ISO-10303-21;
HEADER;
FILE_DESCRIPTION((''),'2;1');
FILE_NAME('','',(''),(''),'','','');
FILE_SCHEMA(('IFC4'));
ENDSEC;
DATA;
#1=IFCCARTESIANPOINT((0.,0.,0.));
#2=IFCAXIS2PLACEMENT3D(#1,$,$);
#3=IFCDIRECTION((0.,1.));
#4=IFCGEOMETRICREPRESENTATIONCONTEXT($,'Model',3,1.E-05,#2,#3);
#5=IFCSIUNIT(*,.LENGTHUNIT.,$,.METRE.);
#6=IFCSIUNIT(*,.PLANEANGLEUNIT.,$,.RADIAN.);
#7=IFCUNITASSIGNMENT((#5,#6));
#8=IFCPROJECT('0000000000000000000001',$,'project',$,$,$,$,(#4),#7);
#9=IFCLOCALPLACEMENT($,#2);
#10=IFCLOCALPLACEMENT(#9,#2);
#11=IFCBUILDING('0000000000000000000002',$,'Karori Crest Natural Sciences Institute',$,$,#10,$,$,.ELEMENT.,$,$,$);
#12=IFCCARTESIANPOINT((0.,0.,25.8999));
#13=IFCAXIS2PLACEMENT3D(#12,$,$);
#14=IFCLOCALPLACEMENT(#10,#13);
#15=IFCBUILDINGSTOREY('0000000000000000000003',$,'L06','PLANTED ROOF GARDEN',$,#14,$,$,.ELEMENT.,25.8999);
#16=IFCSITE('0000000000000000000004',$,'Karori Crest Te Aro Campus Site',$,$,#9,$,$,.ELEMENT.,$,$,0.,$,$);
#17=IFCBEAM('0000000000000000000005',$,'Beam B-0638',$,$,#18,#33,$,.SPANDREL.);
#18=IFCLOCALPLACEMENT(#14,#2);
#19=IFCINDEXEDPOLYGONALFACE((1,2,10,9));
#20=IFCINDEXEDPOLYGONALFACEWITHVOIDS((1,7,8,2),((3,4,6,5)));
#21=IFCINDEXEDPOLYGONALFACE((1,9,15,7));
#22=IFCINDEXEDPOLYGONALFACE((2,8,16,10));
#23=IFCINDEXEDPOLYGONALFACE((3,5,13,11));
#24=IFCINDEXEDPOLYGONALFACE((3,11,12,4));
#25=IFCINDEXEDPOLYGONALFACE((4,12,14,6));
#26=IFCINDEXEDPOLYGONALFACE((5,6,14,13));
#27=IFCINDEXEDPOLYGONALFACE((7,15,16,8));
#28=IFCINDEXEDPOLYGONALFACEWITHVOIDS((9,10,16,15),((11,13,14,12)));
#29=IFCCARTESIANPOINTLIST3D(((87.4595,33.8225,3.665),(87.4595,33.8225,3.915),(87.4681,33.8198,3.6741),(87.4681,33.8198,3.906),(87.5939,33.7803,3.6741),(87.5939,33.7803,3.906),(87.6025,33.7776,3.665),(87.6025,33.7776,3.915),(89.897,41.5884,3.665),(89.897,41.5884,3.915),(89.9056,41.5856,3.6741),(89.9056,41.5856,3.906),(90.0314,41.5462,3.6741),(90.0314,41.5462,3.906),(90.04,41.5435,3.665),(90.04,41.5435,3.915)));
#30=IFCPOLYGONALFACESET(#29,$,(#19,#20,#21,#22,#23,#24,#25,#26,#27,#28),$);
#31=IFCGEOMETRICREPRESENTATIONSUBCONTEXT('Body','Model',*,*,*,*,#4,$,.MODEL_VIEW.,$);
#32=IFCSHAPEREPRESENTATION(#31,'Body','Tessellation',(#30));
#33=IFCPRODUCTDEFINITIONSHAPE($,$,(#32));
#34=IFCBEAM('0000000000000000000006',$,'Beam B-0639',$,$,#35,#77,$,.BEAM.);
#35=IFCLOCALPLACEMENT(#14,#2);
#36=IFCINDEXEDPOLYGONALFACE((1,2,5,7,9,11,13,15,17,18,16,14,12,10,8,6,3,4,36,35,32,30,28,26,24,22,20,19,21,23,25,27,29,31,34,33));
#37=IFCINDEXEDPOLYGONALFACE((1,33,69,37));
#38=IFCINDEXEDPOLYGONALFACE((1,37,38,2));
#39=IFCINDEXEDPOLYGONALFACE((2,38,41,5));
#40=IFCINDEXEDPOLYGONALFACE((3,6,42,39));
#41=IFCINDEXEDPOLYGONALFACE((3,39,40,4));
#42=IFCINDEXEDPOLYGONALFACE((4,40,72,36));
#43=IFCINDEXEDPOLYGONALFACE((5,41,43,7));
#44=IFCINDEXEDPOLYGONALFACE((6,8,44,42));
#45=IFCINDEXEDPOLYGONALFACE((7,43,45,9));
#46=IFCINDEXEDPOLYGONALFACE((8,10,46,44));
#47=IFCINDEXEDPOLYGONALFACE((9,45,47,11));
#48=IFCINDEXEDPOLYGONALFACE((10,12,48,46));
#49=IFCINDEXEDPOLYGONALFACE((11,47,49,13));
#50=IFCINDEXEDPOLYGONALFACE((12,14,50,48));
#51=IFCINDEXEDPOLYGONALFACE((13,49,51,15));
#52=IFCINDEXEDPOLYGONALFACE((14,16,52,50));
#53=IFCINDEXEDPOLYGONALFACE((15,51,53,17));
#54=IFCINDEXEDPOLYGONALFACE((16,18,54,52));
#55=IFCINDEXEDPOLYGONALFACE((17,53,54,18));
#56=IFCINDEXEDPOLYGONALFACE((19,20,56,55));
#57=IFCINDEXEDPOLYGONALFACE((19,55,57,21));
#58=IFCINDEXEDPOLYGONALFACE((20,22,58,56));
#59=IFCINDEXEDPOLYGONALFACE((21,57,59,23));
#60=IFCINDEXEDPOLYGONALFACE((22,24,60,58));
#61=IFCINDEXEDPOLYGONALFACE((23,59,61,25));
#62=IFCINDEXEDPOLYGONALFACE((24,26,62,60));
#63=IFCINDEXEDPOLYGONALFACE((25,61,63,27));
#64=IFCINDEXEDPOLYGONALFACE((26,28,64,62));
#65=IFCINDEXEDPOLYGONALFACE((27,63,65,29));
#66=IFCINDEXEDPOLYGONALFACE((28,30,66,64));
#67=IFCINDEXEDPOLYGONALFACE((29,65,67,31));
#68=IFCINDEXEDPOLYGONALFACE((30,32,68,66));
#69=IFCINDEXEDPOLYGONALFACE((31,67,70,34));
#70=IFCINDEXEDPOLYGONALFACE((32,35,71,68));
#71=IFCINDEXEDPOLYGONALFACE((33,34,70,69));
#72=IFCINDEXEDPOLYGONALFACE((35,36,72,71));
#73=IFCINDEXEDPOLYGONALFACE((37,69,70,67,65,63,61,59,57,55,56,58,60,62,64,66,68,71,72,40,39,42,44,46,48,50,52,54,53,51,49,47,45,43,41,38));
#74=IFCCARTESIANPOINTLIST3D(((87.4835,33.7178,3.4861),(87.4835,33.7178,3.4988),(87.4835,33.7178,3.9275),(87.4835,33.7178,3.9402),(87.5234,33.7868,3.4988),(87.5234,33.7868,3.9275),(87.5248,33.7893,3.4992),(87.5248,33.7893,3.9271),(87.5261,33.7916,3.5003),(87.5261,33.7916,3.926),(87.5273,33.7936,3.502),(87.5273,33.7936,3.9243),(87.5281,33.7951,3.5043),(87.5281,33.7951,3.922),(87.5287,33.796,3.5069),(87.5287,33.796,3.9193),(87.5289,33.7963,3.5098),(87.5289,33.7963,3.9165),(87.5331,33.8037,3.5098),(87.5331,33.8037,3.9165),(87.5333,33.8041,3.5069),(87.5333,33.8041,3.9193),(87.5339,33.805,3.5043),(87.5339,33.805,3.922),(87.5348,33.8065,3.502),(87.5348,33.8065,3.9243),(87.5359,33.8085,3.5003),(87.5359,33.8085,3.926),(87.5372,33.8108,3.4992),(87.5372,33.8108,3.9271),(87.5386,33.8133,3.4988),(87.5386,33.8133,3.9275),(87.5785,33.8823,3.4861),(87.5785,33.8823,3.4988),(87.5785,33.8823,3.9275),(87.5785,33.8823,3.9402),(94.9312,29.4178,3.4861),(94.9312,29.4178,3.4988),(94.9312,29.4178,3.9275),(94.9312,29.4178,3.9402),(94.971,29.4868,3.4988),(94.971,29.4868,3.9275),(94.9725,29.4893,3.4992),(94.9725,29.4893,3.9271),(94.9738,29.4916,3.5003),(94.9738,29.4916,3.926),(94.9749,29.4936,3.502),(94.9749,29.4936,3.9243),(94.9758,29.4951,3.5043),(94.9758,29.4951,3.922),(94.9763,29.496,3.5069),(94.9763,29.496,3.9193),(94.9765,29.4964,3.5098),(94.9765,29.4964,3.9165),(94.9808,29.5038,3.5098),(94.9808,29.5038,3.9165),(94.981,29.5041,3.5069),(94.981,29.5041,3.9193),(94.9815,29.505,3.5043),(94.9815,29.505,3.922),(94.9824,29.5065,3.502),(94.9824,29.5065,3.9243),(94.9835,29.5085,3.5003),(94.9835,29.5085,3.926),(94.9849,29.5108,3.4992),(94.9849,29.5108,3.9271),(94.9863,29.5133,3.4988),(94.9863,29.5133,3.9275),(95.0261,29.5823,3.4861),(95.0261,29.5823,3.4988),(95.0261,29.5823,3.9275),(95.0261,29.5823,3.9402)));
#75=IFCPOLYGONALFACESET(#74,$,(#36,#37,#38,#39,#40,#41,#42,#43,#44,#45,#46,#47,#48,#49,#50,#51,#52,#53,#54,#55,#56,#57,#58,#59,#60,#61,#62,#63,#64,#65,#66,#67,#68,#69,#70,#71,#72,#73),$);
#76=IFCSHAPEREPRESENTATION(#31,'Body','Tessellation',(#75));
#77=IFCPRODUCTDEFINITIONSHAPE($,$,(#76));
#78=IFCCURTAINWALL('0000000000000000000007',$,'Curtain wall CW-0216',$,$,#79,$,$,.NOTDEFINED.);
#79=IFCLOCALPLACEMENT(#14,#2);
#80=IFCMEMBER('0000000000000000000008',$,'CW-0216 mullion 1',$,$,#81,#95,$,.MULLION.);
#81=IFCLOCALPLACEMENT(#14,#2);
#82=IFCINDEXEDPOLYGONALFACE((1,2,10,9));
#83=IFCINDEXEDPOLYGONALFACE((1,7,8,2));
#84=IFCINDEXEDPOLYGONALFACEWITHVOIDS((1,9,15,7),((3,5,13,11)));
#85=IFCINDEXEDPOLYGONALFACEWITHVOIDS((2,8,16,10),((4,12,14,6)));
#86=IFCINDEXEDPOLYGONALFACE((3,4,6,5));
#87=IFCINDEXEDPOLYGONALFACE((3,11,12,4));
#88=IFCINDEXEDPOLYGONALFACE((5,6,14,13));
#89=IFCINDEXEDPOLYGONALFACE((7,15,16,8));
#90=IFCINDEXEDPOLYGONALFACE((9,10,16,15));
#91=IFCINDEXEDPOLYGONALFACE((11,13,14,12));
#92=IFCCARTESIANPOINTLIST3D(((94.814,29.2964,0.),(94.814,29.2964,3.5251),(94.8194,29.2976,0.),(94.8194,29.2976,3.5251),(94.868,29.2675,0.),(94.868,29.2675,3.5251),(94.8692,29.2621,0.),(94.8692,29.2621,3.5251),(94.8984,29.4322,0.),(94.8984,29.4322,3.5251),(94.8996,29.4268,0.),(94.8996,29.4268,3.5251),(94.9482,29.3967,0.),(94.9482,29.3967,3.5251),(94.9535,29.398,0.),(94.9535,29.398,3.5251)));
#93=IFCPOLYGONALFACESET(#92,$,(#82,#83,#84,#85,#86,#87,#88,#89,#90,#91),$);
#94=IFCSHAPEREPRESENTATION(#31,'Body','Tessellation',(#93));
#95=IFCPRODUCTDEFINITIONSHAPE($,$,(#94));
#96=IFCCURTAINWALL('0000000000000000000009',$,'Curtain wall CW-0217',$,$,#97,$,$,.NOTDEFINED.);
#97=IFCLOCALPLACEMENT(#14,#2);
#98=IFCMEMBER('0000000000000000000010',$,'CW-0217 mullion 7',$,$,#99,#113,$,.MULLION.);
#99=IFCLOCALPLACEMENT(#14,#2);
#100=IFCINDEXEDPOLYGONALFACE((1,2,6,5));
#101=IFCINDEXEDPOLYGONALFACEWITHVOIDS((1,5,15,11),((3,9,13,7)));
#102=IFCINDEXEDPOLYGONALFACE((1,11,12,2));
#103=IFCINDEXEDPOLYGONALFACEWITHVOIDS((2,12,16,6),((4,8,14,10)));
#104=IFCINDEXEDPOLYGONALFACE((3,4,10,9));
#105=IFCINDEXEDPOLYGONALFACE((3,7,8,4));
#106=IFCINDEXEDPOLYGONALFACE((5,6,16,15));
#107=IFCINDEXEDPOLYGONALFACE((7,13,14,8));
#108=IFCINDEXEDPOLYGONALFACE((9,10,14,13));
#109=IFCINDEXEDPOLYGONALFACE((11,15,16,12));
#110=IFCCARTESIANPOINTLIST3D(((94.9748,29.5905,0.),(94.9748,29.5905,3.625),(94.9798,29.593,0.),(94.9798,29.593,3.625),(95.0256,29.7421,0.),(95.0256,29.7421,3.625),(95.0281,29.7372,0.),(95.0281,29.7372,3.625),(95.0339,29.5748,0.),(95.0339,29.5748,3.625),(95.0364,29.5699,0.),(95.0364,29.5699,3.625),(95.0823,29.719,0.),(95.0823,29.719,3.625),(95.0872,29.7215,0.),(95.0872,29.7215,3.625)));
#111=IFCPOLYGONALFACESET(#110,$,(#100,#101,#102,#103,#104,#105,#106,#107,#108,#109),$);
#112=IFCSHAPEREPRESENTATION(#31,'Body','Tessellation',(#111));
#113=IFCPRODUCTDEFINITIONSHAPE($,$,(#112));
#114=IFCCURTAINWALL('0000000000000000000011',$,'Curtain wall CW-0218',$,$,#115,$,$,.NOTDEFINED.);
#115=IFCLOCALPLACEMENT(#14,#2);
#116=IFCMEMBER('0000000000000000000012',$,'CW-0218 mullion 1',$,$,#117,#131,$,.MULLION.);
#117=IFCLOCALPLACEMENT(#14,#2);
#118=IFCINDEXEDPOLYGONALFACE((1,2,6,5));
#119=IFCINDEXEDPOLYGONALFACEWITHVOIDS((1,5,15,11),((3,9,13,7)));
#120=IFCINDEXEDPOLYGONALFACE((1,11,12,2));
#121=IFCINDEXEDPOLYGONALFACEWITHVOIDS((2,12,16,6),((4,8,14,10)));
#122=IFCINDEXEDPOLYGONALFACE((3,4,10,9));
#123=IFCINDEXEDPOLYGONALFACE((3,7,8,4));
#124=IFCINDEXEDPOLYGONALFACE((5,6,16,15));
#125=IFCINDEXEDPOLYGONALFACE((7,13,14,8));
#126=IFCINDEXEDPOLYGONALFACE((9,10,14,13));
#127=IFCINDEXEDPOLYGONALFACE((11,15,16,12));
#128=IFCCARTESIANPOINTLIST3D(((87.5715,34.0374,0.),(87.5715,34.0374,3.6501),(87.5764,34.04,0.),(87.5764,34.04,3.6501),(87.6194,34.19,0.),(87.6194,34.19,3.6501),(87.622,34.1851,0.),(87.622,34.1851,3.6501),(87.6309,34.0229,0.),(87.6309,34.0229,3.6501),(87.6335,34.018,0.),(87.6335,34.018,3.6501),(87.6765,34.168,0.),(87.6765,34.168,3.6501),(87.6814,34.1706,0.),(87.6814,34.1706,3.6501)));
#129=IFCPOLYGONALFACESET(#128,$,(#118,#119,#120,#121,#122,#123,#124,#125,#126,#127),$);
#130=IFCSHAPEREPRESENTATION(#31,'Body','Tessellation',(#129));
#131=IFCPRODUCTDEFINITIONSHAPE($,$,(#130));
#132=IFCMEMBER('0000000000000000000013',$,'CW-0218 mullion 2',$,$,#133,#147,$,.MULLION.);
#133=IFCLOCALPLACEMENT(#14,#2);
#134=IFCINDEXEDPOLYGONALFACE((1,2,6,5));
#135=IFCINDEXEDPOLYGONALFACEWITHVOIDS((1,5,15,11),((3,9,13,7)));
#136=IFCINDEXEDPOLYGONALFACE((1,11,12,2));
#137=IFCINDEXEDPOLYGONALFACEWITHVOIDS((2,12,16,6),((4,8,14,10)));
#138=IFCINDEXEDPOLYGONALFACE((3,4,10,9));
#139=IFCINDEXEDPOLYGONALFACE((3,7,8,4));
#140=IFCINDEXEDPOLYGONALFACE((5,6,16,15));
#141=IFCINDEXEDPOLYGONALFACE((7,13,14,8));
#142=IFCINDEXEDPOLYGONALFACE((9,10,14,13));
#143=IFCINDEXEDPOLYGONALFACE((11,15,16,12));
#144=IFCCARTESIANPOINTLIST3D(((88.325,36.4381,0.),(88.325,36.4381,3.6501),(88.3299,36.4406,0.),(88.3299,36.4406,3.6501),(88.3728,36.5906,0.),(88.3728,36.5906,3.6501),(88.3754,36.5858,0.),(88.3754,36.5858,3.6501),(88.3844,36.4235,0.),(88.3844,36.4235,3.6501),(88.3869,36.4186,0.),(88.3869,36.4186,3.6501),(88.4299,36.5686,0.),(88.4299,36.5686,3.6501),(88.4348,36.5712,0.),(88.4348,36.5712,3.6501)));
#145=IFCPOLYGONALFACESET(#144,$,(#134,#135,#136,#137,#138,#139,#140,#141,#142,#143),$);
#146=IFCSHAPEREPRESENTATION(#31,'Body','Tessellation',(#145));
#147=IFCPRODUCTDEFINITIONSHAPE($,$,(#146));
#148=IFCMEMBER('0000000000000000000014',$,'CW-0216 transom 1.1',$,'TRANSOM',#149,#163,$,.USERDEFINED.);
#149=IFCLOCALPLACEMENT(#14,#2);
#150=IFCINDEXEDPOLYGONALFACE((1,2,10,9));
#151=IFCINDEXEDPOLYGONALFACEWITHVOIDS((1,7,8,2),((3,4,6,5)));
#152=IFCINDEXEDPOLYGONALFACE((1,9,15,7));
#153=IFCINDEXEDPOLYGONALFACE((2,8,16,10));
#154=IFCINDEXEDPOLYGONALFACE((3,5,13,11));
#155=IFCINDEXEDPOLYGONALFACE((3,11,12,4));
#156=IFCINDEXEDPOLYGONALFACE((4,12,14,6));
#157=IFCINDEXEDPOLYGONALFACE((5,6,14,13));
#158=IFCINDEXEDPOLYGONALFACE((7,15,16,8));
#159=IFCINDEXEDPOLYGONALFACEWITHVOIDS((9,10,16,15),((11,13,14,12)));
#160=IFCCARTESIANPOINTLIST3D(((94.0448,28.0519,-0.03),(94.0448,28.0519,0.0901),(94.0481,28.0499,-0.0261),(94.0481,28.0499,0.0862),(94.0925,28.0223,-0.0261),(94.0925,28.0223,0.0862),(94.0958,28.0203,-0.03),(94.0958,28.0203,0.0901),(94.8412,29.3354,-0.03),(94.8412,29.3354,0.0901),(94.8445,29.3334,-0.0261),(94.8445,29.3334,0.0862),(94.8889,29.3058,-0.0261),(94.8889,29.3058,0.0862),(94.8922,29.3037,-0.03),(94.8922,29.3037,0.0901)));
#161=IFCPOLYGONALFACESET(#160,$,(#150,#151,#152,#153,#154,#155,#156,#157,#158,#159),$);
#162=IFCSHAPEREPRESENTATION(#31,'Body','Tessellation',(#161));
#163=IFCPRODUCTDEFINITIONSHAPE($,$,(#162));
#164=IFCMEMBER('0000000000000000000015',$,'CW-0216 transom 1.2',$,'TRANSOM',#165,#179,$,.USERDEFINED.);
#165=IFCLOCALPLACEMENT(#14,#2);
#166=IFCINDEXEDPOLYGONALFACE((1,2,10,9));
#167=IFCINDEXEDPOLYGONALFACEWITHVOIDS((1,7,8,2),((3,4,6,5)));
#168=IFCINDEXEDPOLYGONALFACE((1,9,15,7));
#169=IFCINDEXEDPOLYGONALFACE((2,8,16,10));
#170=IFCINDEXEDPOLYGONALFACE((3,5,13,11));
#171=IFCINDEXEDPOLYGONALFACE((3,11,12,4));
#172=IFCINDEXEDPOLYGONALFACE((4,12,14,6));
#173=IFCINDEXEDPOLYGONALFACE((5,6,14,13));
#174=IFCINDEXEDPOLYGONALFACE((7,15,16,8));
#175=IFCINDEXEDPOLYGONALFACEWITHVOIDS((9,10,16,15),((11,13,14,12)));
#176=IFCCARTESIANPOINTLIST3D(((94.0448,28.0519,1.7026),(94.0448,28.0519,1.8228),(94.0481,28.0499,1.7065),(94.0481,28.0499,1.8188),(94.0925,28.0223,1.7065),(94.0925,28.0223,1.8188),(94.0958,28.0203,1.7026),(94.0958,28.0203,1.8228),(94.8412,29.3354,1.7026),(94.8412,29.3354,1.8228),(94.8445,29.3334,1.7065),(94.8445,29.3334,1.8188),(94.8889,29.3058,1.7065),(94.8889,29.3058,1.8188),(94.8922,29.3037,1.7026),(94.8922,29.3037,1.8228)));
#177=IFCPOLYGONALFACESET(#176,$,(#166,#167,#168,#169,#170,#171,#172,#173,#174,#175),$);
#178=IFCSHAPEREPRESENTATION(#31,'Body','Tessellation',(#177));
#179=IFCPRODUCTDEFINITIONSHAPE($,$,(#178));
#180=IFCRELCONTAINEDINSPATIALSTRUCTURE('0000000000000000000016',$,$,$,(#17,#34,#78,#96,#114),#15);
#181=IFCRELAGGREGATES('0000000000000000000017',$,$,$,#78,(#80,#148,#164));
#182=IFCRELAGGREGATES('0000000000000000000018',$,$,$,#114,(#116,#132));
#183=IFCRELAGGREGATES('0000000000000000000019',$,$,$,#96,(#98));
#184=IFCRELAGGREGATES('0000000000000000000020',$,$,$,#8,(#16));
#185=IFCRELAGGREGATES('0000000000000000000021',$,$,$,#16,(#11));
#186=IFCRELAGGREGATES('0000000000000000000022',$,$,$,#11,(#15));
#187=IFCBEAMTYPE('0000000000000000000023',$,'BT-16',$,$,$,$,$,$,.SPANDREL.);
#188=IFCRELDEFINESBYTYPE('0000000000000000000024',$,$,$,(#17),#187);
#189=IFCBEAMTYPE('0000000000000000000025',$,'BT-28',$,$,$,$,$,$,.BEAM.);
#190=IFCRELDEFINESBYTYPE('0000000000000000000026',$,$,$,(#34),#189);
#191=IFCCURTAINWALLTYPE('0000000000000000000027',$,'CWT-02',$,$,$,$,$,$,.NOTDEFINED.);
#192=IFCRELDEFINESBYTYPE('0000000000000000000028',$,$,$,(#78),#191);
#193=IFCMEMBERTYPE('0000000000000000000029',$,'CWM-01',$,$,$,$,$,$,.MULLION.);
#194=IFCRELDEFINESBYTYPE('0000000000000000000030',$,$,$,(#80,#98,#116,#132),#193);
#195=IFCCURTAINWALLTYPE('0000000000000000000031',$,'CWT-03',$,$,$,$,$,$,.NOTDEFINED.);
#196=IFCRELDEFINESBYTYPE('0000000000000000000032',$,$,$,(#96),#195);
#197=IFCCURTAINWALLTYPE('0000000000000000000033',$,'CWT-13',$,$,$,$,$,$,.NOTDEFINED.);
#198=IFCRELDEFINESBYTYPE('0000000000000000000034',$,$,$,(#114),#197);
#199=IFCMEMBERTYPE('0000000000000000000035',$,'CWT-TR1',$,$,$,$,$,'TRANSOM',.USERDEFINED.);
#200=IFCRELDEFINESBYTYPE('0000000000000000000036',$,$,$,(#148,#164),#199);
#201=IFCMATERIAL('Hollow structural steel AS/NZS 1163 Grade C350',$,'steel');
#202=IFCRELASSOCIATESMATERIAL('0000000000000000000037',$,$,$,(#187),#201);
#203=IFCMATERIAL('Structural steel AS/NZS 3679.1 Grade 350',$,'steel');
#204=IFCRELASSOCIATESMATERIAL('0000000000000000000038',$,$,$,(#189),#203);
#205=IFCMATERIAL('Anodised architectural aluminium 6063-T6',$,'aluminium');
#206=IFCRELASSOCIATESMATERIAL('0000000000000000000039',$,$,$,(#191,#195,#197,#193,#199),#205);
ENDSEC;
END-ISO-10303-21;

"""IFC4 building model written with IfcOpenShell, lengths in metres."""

from ifc_helpers import new_model, si_unit, direction, frame, origin, origin_2d, place, context, subcontext, project, spatial, hollow_rectangle, i_section, extrude, material, material_profile, profile_set, type_object, element, aggregate, save


model = new_model("IFC4")

# Units and contexts
model_context = context("Model", 3, precision=1e-05, world=origin(), true_north=direction((0.0, 1.0)))
body_context = subcontext(model_context, "Body", "Model", "MODEL_VIEW")
ifc_project = project(units=[si_unit("LENGTHUNIT", "METRE"), si_unit("PLANEANGLEUNIT", "RADIAN")], contexts=[model_context])

# Site, building, storey
site_placement = place(None, origin())
site = spatial("IfcSite", under=ifc_project, at=site_placement, Name="Karori Crest Te Aro Campus Site", CompositionType="ELEMENT", RefElevation=0.0)
building_placement = place(site_placement, origin())
building = spatial("IfcBuilding", under=site, at=building_placement, Name="Karori Crest Natural Sciences Institute", CompositionType="ELEMENT")
storey_placement = place(building_placement, frame((0.0, 0.0, 25.8999)))
storey = spatial("IfcBuildingStorey", under=building, at=storey_placement, Name="L06", Description="PLANTED ROOF GARDEN", CompositionType="ELEMENT", Elevation=25.8999)

# Shared definitions
ifc_material_1 = material(Name="Structural steel AS/NZS 3679.1 Grade 350", Category="steel")

# Beams
ifc_material_2 = material(Name="Hollow structural steel AS/NZS 1163 Grade C350", Category="steel")
ifc_material_profile_1 = material_profile(ifc_material_2, hollow_rectangle(XDim=0.1499, YDim=0.25, WallThickness=0.009, at=origin_2d()), Name="RHS250x150x9")
ifc_profile_set_1 = profile_set([ifc_material_profile_1], Name="Hollow structural steel AS/NZS 1163 Grade C350")
beam_type_1 = type_object("IfcBeamType", Name="BT-16", PredefinedType="SPANDREL", material=ifc_profile_set_1)
beam_1_placement = place(storey_placement, frame((87.531, 33.8, 3.79), z_axis=(0.299469, 0.954106, 0.0), x_axis=(-0.954106, 0.299469, 0.0)))
element("IfcBeam", 1, at=beam_1_placement, inside=storey, type_object=beam_type_1, Name="Beam B-0638", PredefinedType="SPANDREL", context=body_context, shape_type="SweptSolid", body=[
    extrude(hollow_rectangle(XDim=0.1499, YDim=0.25, WallThickness=0.009, at=origin_2d()), origin(), (0.0, 0.0, 1.0), 8.1394),
])
ifc_material_profile_2 = material_profile(ifc_material_1, i_section(OverallWidth=0.1899, OverallDepth=0.4541, WebThickness=0.0085, FlangeThickness=0.0127, FilletRadius=0.011, at=origin_2d()), Name="460UB67.1")
ifc_profile_set_2 = profile_set([ifc_material_profile_2], Name="Structural steel AS/NZS 3679.1 Grade 350")
beam_type_2 = type_object("IfcBeamType", Name="BT-28", PredefinedType="BEAM", material=ifc_profile_set_2)
beam_2_placement = place(storey_placement, frame((87.531, 33.8, 3.7131), z_axis=(0.866021, -0.500008, 0.0), x_axis=(0.500008, 0.866021, 0.0)))
element("IfcBeam", 2, at=beam_2_placement, inside=storey, type_object=beam_type_2, Name="Beam B-0639", PredefinedType="BEAM", context=body_context, shape_type="SweptSolid", body=[
    extrude(i_section(OverallWidth=0.1899, OverallDepth=0.4541, WebThickness=0.0085, FlangeThickness=0.0127, FilletRadius=0.011, at=origin_2d()), origin(), (0.0, 0.0, 1.0), 8.5999),
])

# Curtain walls, members
ifc_material_3 = material(Name="Anodised architectural aluminium 6063-T6", Category="aluminium")
curtain_wall_type_1 = type_object("IfcCurtainWallType", Name="CWT-02", PredefinedType="NOTDEFINED", material=ifc_material_3)
curtain_wall_1_placement = place(storey_placement, origin())
curtain_wall_1 = element("IfcCurtainWall", 3, at=curtain_wall_1_placement, inside=storey, type_object=curtain_wall_type_1, Name="Curtain wall CW-0216", PredefinedType="NOTDEFINED")
ifc_material_profile_3 = material_profile(ifc_material_3, hollow_rectangle(XDim=0.0649, YDim=0.1599, WallThickness=0.0039, at=origin_2d()), Name="CWM160x65x4")
ifc_profile_set_3 = profile_set([ifc_material_profile_3], Name="Anodised architectural aluminium 6063-T6")
member_type_1 = type_object("IfcMemberType", Name="CWM-01", PredefinedType="MULLION", material=ifc_profile_set_3)
member_1_placement = place(storey_placement, frame((94.8838, 29.3472, 0.0), z_axis=(0.0, 0.0, 1.0), x_axis=(0.849664, -0.527324, 0.0)))
member_1 = element("IfcMember", 4, at=member_1_placement, type_object=member_type_1, Name="CW-0216 mullion 1", PredefinedType="MULLION", context=body_context, shape_type="SweptSolid", body=[
    extrude(hollow_rectangle(XDim=0.0649, YDim=0.1599, WallThickness=0.0039, at=origin_2d()), origin(), (0.0, 0.0, 1.0), 3.5251),
])
curtain_wall_type_2 = type_object("IfcCurtainWallType", Name="CWT-03", PredefinedType="NOTDEFINED", material=ifc_material_3)
curtain_wall_2_placement = place(storey_placement, origin())
curtain_wall_2 = element("IfcCurtainWall", 5, at=curtain_wall_2_placement, inside=storey, type_object=curtain_wall_type_2, Name="Curtain wall CW-0217", PredefinedType="NOTDEFINED")
member_2_placement = place(storey_placement, frame((95.031, 29.656, 0.0), z_axis=(0.0, 0.0, 1.0), x_axis=(0.948198, -0.31768, 0.0)))
member_2 = element("IfcMember", 6, at=member_2_placement, type_object=member_type_1, Name="CW-0217 mullion 7", PredefinedType="MULLION", context=body_context, shape_type="SweptSolid", body=[
    extrude(hollow_rectangle(XDim=0.0649, YDim=0.1599, WallThickness=0.0039, at=origin_2d()), origin(), (0.0, 0.0, 1.0), 3.625),
])

# Curtain wall, members
curtain_wall_type_3 = type_object("IfcCurtainWallType", Name="CWT-13", PredefinedType="NOTDEFINED", material=ifc_material_3)
curtain_wall_3_placement = place(storey_placement, origin())
curtain_wall_3 = element("IfcCurtainWall", 7, at=curtain_wall_3_placement, inside=storey, type_object=curtain_wall_type_3, Name="Curtain wall CW-0218", PredefinedType="NOTDEFINED")
member_3_placement = place(storey_placement, frame((87.6265, 34.104, 0.0), z_axis=(0.0, 0.0, 1.0), x_axis=(-0.954104, 0.299475, 0.0)))
member_3 = element("IfcMember", 8, at=member_3_placement, type_object=member_type_1, Name="CW-0218 mullion 1", PredefinedType="MULLION", context=body_context, shape_type="SweptSolid", body=[
    extrude(hollow_rectangle(XDim=0.0649, YDim=0.1599, WallThickness=0.0039, at=origin_2d()), origin(), (0.0, 0.0, 1.0), 3.6501),
])
member_4_placement = place(storey_placement, frame((88.3799, 36.5046, 0.0), z_axis=(0.0, 0.0, 1.0), x_axis=(-0.954104, 0.299475, 0.0)))
member_4 = element("IfcMember", 9, at=member_4_placement, type_object=member_type_1, Name="CW-0218 mullion 2", PredefinedType="MULLION", context=body_context, shape_type="SweptSolid", body=[
    extrude(hollow_rectangle(XDim=0.0649, YDim=0.1599, WallThickness=0.0039, at=origin_2d()), origin(), (0.0, 0.0, 1.0), 3.6501),
])

# Members
ifc_material_profile_4 = material_profile(ifc_material_3, hollow_rectangle(XDim=0.0601, YDim=0.1201, WallThickness=0.0039, at=origin_2d()), Name="CWT120x60x4")
ifc_profile_set_4 = profile_set([ifc_material_profile_4], Name="Anodised architectural aluminium 6063-T6")
member_type_2 = type_object("IfcMemberType", Name="CWT-TR1", ElementType="TRANSOM", PredefinedType="USERDEFINED", material=ifc_profile_set_4)
member_5_placement = place(storey_placement, frame((94.8667, 29.3196, 0.03), z_axis=(-0.52725, -0.84971, 0.0), x_axis=(0.84971, -0.52725, 0.0)))
member_5 = element("IfcMember", 10, at=member_5_placement, type_object=member_type_2, Name="CW-0216 transom 1.1", ObjectType="TRANSOM", PredefinedType="USERDEFINED", context=body_context, shape_type="SweptSolid", body=[
    extrude(hollow_rectangle(XDim=0.0601, YDim=0.1201, WallThickness=0.0039, at=origin_2d()), origin(), (0.0, 0.0, 1.0), 1.5105),
])
member_6_placement = place(storey_placement, frame((94.8667, 29.3196, 1.7627), z_axis=(-0.52725, -0.84971, 0.0), x_axis=(0.84971, -0.52725, 0.0)))
member_6 = element("IfcMember", 11, at=member_6_placement, type_object=member_type_2, Name="CW-0216 transom 1.2", ObjectType="TRANSOM", PredefinedType="USERDEFINED", context=body_context, shape_type="SweptSolid", body=[
    extrude(hollow_rectangle(XDim=0.0601, YDim=0.1201, WallThickness=0.0039, at=origin_2d()), origin(), (0.0, 0.0, 1.0), 1.5105),
])
aggregate(curtain_wall_1, [member_1, member_5, member_6])

aggregate(curtain_wall_3, [member_3, member_4])
aggregate(curtain_wall_2, [member_2])

save(model, "model.ifc")
